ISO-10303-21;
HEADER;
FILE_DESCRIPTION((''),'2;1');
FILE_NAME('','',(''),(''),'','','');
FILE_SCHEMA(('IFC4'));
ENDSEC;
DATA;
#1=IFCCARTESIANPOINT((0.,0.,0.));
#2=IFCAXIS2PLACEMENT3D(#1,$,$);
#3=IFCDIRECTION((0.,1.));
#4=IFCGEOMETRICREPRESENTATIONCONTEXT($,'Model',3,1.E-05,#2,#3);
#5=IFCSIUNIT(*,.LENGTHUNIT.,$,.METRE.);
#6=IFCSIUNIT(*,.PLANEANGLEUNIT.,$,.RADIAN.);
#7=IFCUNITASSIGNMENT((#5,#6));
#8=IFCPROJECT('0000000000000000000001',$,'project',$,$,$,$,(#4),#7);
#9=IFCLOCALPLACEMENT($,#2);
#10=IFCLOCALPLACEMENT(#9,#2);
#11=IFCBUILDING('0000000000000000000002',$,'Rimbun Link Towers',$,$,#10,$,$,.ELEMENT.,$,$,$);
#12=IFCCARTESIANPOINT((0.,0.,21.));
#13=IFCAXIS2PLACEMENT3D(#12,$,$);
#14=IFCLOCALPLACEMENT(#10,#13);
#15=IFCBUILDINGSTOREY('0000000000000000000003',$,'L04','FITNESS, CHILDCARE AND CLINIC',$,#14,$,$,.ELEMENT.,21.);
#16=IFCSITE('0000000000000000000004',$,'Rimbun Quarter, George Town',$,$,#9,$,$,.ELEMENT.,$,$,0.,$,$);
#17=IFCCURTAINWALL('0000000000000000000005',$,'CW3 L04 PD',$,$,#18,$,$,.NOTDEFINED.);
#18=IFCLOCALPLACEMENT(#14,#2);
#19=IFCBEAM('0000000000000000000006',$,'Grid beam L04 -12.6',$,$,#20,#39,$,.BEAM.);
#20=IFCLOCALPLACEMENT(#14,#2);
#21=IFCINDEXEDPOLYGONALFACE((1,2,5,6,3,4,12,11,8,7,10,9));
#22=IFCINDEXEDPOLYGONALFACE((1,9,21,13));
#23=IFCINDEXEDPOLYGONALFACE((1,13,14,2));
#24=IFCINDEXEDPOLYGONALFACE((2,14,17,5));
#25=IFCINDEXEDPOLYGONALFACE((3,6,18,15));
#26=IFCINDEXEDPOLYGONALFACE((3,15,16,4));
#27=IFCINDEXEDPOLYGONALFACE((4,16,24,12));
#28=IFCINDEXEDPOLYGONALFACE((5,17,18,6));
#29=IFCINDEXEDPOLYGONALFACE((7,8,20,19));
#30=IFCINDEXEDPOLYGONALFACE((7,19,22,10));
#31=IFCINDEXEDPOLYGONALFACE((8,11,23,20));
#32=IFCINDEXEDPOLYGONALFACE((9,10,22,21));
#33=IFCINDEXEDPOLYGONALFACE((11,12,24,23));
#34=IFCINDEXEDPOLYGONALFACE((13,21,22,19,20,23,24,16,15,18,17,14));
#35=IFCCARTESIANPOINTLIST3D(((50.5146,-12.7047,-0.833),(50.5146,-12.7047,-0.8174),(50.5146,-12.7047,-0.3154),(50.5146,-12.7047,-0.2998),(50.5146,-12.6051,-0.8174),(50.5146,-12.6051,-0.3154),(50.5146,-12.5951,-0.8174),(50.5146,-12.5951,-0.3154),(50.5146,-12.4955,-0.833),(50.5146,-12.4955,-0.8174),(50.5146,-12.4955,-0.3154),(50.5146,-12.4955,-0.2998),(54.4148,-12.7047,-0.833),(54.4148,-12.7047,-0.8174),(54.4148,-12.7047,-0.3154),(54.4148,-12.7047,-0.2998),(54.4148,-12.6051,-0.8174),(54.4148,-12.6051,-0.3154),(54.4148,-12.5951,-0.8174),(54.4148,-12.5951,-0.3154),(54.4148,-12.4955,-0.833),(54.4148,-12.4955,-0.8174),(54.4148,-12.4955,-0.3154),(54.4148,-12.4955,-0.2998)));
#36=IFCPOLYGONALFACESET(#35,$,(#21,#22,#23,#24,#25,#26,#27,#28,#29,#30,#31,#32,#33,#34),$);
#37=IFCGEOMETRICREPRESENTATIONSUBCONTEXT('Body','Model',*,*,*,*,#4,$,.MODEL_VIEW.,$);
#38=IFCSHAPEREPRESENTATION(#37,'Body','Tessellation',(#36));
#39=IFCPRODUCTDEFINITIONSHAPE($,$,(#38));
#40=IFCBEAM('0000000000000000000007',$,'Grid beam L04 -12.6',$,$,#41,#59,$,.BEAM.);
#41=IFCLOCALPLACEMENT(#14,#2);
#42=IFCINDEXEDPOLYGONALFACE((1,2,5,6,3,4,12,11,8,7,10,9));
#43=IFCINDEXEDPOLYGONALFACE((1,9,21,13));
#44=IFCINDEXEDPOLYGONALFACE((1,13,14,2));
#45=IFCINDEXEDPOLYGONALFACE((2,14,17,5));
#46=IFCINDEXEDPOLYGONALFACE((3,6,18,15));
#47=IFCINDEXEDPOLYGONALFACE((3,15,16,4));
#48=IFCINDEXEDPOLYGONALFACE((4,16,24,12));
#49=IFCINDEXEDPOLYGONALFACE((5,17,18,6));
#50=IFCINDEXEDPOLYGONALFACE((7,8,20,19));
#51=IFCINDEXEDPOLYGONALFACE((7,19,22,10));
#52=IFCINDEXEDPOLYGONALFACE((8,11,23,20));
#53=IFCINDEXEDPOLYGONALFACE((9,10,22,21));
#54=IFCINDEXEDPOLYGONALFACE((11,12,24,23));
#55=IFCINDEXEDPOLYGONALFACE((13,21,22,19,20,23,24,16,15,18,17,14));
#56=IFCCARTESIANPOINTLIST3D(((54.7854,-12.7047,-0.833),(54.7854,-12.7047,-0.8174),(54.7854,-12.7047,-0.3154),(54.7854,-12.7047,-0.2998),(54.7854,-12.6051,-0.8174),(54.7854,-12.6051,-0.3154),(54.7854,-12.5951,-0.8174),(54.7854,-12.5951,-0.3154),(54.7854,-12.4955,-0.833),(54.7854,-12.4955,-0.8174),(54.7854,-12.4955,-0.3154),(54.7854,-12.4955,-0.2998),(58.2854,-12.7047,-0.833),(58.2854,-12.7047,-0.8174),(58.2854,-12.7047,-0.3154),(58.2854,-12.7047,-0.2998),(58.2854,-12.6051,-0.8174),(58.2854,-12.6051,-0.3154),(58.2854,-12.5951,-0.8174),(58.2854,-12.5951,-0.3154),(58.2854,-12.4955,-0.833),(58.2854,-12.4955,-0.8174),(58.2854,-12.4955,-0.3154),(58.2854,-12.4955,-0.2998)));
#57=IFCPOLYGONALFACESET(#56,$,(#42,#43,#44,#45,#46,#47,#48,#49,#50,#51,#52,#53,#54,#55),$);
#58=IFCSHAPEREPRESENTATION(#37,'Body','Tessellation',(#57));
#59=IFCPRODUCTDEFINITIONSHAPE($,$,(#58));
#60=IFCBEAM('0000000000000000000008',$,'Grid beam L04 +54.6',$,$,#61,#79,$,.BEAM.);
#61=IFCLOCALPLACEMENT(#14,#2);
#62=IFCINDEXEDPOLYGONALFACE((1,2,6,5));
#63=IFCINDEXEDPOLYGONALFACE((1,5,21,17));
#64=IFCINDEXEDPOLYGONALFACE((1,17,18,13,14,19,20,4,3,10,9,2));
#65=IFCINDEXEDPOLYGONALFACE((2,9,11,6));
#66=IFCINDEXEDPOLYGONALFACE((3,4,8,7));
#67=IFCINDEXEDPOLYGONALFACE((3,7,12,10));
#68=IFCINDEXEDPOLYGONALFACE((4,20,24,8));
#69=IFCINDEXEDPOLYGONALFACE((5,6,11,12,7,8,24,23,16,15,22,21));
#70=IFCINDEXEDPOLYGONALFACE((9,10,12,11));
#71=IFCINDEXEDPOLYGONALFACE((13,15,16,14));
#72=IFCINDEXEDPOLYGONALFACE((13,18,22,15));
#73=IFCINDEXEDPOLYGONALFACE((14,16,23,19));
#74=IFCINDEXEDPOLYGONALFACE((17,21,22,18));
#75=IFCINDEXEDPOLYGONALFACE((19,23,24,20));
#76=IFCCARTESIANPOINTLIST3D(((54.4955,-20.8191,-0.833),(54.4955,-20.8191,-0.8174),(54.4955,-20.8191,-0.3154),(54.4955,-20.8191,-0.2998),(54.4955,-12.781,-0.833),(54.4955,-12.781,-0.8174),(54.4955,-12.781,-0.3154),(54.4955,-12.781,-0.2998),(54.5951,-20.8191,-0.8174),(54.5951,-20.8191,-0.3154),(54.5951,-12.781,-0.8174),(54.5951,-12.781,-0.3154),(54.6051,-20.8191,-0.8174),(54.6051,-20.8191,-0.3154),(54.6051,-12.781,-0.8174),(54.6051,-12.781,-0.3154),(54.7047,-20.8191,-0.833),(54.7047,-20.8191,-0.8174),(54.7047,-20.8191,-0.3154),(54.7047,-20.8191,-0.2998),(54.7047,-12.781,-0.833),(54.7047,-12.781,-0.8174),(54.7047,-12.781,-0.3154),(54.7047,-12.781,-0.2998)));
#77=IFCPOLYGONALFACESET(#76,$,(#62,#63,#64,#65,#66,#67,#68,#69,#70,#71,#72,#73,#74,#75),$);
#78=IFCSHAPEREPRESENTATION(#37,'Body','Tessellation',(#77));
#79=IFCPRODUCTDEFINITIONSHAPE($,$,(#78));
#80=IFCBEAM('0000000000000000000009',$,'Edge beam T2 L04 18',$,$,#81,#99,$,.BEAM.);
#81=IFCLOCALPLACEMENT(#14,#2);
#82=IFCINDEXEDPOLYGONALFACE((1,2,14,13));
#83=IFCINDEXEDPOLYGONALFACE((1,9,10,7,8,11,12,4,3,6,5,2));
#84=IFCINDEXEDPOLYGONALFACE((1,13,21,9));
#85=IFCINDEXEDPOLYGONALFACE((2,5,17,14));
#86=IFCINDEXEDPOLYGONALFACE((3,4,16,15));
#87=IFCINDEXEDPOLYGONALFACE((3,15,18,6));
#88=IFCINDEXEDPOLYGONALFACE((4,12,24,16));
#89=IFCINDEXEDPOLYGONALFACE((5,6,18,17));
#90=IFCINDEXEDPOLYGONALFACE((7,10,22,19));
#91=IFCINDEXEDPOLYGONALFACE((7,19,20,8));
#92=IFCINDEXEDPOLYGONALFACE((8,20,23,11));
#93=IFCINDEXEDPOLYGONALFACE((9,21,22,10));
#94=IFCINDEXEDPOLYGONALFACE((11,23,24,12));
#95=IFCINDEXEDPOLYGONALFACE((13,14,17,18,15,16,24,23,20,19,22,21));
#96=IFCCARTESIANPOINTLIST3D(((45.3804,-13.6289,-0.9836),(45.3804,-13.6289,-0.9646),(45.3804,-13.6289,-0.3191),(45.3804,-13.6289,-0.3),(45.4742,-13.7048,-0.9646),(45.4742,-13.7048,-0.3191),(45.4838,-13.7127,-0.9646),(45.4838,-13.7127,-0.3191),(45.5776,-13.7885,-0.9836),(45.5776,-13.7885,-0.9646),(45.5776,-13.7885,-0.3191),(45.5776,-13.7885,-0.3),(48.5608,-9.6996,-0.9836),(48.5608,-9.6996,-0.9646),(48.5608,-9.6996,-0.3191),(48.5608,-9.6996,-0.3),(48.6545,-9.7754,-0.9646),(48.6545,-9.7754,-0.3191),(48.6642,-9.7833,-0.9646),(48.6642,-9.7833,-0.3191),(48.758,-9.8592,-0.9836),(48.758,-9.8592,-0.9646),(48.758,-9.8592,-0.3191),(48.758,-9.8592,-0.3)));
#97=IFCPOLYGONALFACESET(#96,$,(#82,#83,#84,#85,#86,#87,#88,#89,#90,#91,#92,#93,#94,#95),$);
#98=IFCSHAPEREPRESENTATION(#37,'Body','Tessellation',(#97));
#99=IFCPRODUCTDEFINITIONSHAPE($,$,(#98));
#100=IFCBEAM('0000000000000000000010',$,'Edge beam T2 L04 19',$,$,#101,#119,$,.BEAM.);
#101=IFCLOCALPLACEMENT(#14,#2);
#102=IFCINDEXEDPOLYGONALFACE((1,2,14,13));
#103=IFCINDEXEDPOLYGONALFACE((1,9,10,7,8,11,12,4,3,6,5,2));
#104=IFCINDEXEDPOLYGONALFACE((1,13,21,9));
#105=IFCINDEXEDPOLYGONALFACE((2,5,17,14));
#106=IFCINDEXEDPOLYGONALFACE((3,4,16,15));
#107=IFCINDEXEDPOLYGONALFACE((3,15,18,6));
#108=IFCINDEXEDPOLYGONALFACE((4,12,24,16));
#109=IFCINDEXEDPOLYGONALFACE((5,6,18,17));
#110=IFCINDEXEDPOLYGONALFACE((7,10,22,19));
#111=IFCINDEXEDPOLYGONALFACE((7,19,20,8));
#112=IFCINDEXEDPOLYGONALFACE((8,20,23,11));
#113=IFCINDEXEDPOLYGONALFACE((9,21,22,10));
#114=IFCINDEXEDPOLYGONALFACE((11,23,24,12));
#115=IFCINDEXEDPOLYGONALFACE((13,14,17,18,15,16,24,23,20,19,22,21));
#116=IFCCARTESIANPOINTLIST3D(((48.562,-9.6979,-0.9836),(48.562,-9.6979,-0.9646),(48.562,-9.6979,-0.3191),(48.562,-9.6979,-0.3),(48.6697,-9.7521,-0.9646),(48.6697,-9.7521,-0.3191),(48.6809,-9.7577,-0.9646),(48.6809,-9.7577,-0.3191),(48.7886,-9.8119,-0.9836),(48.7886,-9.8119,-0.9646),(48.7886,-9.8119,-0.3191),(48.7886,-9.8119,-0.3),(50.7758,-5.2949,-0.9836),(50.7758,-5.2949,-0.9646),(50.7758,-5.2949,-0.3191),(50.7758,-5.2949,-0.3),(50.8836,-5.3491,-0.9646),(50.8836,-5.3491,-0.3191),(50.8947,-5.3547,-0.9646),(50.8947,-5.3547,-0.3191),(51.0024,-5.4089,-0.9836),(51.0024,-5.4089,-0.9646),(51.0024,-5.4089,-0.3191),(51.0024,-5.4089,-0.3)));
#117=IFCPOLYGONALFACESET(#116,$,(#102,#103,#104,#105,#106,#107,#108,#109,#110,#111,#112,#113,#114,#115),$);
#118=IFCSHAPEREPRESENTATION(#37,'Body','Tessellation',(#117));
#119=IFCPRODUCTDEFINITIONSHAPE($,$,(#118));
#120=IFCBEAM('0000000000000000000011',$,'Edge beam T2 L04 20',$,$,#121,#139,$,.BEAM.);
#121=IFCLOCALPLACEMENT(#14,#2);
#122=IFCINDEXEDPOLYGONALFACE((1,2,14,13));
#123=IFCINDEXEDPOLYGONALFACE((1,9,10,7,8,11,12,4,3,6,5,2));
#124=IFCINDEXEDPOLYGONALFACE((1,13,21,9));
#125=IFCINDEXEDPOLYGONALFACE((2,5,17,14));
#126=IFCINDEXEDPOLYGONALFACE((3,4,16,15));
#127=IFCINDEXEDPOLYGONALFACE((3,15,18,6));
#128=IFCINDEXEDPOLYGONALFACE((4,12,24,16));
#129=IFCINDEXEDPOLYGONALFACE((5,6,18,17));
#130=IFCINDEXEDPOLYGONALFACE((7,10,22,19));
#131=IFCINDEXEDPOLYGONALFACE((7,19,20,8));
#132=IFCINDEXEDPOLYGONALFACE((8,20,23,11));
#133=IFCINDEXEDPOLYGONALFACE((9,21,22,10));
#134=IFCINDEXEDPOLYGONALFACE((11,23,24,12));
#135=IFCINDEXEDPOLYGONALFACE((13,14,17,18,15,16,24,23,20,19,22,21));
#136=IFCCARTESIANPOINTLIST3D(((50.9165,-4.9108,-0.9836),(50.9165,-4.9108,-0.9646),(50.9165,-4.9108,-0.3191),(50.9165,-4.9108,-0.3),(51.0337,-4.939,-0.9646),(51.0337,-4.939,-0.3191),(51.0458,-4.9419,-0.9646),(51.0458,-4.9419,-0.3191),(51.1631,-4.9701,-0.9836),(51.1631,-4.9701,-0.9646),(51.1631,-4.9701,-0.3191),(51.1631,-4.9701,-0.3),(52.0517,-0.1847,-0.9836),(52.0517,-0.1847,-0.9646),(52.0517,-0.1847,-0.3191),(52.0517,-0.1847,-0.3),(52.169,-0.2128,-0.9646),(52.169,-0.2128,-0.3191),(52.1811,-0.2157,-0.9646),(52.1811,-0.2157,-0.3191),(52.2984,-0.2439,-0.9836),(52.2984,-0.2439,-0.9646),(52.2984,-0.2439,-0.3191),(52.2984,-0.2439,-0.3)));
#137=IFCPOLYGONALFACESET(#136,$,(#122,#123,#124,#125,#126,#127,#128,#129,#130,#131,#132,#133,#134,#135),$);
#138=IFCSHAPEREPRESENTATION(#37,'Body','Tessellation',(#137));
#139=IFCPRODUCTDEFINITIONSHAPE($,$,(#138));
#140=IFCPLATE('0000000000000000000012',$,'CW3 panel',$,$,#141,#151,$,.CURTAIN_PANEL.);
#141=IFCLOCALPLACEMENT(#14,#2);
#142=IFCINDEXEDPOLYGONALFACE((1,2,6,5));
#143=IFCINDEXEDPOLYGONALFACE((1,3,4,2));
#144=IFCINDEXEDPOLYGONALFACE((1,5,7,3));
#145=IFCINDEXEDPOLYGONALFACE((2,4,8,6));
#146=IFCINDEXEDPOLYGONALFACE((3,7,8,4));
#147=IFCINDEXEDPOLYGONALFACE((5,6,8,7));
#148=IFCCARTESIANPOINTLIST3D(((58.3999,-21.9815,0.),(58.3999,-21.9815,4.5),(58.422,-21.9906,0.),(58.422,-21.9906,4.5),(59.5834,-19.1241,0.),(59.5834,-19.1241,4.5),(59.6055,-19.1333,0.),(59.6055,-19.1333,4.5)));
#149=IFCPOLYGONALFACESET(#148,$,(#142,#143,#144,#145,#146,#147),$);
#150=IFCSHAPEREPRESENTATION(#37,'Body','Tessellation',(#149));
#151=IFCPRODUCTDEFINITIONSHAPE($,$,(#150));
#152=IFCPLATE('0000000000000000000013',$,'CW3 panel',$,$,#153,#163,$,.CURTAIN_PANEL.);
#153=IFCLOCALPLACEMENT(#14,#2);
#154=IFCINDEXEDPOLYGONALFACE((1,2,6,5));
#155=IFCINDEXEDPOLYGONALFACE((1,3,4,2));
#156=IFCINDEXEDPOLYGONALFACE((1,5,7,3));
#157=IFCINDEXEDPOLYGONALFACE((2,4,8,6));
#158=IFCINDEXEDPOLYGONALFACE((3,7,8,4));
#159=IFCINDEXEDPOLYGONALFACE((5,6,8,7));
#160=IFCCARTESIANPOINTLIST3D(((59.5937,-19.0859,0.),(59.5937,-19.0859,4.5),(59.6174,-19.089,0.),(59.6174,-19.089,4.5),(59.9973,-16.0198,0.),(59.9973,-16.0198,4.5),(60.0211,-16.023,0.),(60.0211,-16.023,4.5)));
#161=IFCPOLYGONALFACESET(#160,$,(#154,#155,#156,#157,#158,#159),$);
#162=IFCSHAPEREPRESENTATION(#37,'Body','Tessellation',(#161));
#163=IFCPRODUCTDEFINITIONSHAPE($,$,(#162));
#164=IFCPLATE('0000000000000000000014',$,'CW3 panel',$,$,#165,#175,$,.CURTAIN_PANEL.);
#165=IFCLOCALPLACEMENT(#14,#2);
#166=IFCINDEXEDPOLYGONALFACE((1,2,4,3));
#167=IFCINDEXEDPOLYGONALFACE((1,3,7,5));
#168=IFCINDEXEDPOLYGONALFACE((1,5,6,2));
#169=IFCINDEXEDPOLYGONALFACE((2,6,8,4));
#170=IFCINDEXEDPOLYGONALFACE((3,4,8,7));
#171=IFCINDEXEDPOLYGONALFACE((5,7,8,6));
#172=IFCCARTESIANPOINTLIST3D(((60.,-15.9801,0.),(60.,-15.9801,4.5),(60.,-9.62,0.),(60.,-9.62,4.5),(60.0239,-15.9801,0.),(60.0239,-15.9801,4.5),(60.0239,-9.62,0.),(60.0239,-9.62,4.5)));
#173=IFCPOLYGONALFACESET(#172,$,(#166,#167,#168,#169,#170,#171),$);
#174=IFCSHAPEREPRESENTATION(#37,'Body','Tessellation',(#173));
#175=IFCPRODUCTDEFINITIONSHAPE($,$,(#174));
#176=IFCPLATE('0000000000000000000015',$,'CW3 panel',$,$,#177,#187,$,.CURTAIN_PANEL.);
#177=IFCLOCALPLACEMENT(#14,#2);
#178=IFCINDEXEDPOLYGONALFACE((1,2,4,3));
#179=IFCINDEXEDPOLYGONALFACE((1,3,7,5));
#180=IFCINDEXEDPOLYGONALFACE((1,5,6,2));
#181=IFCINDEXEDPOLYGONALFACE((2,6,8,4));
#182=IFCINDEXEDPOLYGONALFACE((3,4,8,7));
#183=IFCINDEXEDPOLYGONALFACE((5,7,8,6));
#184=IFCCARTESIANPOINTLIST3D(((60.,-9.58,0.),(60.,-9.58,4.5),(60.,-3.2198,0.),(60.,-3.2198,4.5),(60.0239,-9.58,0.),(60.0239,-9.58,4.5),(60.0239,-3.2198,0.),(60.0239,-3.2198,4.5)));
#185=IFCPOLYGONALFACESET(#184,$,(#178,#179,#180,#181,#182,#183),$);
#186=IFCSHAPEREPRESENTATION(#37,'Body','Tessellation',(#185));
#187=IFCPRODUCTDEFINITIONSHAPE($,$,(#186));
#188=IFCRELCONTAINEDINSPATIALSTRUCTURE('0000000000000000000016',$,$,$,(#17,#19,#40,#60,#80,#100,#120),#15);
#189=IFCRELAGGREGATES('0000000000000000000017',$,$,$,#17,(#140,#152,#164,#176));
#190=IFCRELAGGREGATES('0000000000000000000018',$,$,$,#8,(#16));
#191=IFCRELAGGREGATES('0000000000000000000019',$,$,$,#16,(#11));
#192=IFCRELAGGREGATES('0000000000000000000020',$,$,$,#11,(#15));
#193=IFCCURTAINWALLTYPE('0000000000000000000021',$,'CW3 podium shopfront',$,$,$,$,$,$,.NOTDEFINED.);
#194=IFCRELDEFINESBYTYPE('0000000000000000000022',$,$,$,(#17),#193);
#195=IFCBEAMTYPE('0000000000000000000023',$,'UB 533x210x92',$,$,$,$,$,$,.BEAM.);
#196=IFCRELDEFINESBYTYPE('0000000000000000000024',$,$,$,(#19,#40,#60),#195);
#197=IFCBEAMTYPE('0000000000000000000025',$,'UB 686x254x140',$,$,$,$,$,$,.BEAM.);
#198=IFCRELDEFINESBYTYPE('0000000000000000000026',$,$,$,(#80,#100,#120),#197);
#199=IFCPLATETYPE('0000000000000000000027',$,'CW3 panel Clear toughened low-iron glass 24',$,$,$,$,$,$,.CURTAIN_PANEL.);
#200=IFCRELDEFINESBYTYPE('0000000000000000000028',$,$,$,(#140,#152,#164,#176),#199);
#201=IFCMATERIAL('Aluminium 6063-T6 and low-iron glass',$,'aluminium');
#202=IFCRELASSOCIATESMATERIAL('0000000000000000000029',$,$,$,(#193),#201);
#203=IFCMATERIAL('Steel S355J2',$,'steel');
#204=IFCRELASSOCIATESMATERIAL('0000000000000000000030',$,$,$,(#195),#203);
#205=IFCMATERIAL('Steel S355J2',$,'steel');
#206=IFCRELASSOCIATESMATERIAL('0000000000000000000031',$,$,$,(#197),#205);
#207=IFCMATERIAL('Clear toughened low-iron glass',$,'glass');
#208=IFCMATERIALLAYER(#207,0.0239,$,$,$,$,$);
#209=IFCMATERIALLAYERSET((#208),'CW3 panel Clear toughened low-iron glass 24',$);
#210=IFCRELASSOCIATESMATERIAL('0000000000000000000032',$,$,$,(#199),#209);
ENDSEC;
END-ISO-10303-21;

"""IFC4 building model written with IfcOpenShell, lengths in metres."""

from ifc_helpers import new_model, si_unit, direction, frame, origin, origin_2d, place, context, subcontext, project, spatial, rectangle, i_section, extrude, material, layer, layer_set, material_profile, profile_set, type_object, element, aggregate, save


model = new_model("IFC4")

# Units and contexts
model_context = context("Model", 3, precision=1e-05, world=origin(), true_north=direction((0.0, 1.0)))
body_context = subcontext(model_context, "Body", "Model", "MODEL_VIEW")
ifc_project = project(units=[si_unit("LENGTHUNIT", "METRE"), si_unit("PLANEANGLEUNIT", "RADIAN")], contexts=[model_context])

# Site, building, storey
site_placement = place(None, origin())
site = spatial("IfcSite", under=ifc_project, at=site_placement, Name="Rimbun Quarter, George Town", CompositionType="ELEMENT", RefElevation=0.0)
building_placement = place(site_placement, origin())
building = spatial("IfcBuilding", under=site, at=building_placement, Name="Rimbun Link Towers", CompositionType="ELEMENT")
storey_placement = place(building_placement, frame((0.0, 0.0, 21.0)))
storey = spatial("IfcBuildingStorey", under=building, at=storey_placement, Name="L04", Description="FITNESS, CHILDCARE AND CLINIC", CompositionType="ELEMENT", Elevation=21.0)

# Curtain wall
ifc_material_1 = material(Name="Aluminium 6063-T6 and low-iron glass", Category="aluminium")
curtain_wall_type = type_object("IfcCurtainWallType", Name="CW3 podium shopfront", PredefinedType="NOTDEFINED", material=ifc_material_1)
curtain_wall_placement = place(storey_placement, origin())
curtain_wall = element("IfcCurtainWall", 1, at=curtain_wall_placement, inside=storey, type_object=curtain_wall_type, Name="CW3 L04 PD", PredefinedType="NOTDEFINED")

# Beams
ifc_material_2 = material(Name="Steel S355J2", Category="steel")
ifc_material_profile_1 = material_profile(ifc_material_2, i_section(OverallWidth=0.2092, OverallDepth=0.5332, WebThickness=0.01, FlangeThickness=0.0156, at=origin_2d()), Name="UB 533x210x92")
ifc_profile_set_1 = profile_set([ifc_material_profile_1], Name="Steel S355J2")
beam_type_1 = type_object("IfcBeamType", Name="UB 533x210x92", PredefinedType="BEAM", material=ifc_profile_set_1)
beam_1_placement = place(storey_placement, frame((50.5146, -12.6001, -0.5664), z_axis=(1.0, 0.0, 0.0), x_axis=(0.0, 1.0, 0.0)))
element("IfcBeam", 2, at=beam_1_placement, inside=storey, type_object=beam_type_1, Name="Grid beam L04 -12.6", PredefinedType="BEAM", context=body_context, shape_type="SweptSolid", body=[
    extrude(i_section(OverallWidth=0.2092, OverallDepth=0.5332, WebThickness=0.01, FlangeThickness=0.0156, at=origin_2d()), origin(), (0.0, 0.0, 1.0), 3.9001),
])
beam_2_placement = place(storey_placement, frame((54.7854, -12.6001, -0.5664), z_axis=(1.0, 0.0, 0.0), x_axis=(0.0, 1.0, 0.0)))
element("IfcBeam", 3, at=beam_2_placement, inside=storey, type_object=beam_type_1, Name="Grid beam L04 -12.6", PredefinedType="BEAM", context=body_context, shape_type="SweptSolid", body=[
    extrude(i_section(OverallWidth=0.2092, OverallDepth=0.5332, WebThickness=0.01, FlangeThickness=0.0156, at=origin_2d()), origin(), (0.0, 0.0, 1.0), 3.5),
])
beam_3_placement = place(storey_placement, frame((54.6001, -20.8191, -0.5664), z_axis=(0.0, 1.0, 0.0), x_axis=(-1.0, 0.0, 0.0)))
element("IfcBeam", 4, at=beam_3_placement, inside=storey, type_object=beam_type_1, Name="Grid beam L04 +54.6", PredefinedType="BEAM", context=body_context, shape_type="SweptSolid", body=[
    extrude(i_section(OverallWidth=0.2092, OverallDepth=0.5332, WebThickness=0.01, FlangeThickness=0.0156, at=origin_2d()), origin(), (0.0, 0.0, 1.0), 8.0381),
])
ifc_material_3 = material(Name="Steel S355J2", Category="steel")
ifc_material_profile_2 = material_profile(ifc_material_3, i_section(OverallWidth=0.2537, OverallDepth=0.6836, WebThickness=0.0125, FlangeThickness=0.019, at=origin_2d()), Name="UB 686x254x140")
ifc_profile_set_2 = profile_set([ifc_material_profile_2], Name="Steel S355J2")
beam_type_2 = type_object("IfcBeamType", Name="UB 686x254x140", PredefinedType="BEAM", material=ifc_profile_set_2)
beam_4_placement = place(storey_placement, frame((45.479, -13.7087, -0.6418), z_axis=(0.629132, 0.777299, 0.0), x_axis=(-0.777299, 0.629132, 0.0)))
element("IfcBeam", 5, at=beam_4_placement, inside=storey, type_object=beam_type_2, Name="Edge beam T2 L04 18", PredefinedType="BEAM", context=body_context, shape_type="SweptSolid", body=[
    extrude(i_section(OverallWidth=0.2537, OverallDepth=0.6836, WebThickness=0.0125, FlangeThickness=0.019, at=origin_2d()), origin(), (0.0, 0.0, 1.0), 5.0552),
])
beam_5_placement = place(storey_placement, frame((48.6753, -9.7549, -0.6418), z_axis=(0.449214, 0.893424, 0.0), x_axis=(-0.893424, 0.449214, 0.0)))
element("IfcBeam", 6, at=beam_5_placement, inside=storey, type_object=beam_type_2, Name="Edge beam T2 L04 19", PredefinedType="BEAM", context=body_context, shape_type="SweptSolid", body=[
    extrude(i_section(OverallWidth=0.2537, OverallDepth=0.6836, WebThickness=0.0125, FlangeThickness=0.019, at=origin_2d()), origin(), (0.0, 0.0, 1.0), 4.9282),
])
beam_6_placement = place(storey_placement, frame((51.0398, -4.9404, -0.6418), z_axis=(0.233567, 0.972341, 0.0), x_axis=(-0.972341, 0.233567, 0.0)))
element("IfcBeam", 7, at=beam_6_placement, inside=storey, type_object=beam_type_2, Name="Edge beam T2 L04 20", PredefinedType="BEAM", context=body_context, shape_type="SweptSolid", body=[
    extrude(i_section(OverallWidth=0.2537, OverallDepth=0.6836, WebThickness=0.0125, FlangeThickness=0.019, at=origin_2d()), origin(), (0.0, 0.0, 1.0), 4.8606),
])

# Plates
ifc_material_4 = material(Name="Clear toughened low-iron glass", Category="glass")
ifc_layer_1 = layer(ifc_material_4, 0.0239)
ifc_layer_set_1 = layer_set([ifc_layer_1], Name="CW3 panel Clear toughened low-iron glass 24")
plate_type = type_object("IfcPlateType", Name="CW3 panel Clear toughened low-iron glass 24", PredefinedType="CURTAIN_PANEL", material=ifc_layer_set_1)
plate_1_placement = place(storey_placement, frame((59.0027, -20.5574, 0.0), z_axis=(0.0, 0.0, 1.0), x_axis=(-0.382679, -0.923881, 0.0)))
plate_1 = element("IfcPlate", 8, at=plate_1_placement, type_object=plate_type, Name="CW3 panel", PredefinedType="CURTAIN_PANEL", context=body_context, shape_type="SweptSolid", body=[
    extrude(rectangle(XDim=3.0928, YDim=0.0239, at=origin_2d()), origin(), (0.0, 0.0, 1.0), 4.5),
])
plate_2_placement = place(storey_placement, frame((59.8074, -17.5544, 0.0), z_axis=(0.0, 0.0, 1.0), x_axis=(-0.13053, -0.991444, 0.0)))
plate_2 = element("IfcPlate", 9, at=plate_2_placement, type_object=plate_type, Name="CW3 panel", PredefinedType="CURTAIN_PANEL", context=body_context, shape_type="SweptSolid", body=[
    extrude(rectangle(XDim=3.0925, YDim=0.0239, at=origin_2d()), origin(), (0.0, 0.0, 1.0), 4.5),
])
plate_3_placement = place(storey_placement, frame((60.012, -12.8, 0.0), z_axis=(0.0, 0.0, 1.0), x_axis=(0.0, -1.0, 0.0)))
plate_3 = element("IfcPlate", 10, at=plate_3_placement, type_object=plate_type, Name="CW3 panel", PredefinedType="CURTAIN_PANEL", context=body_context, shape_type="SweptSolid", body=[
    extrude(rectangle(XDim=6.3601, YDim=0.0239, at=origin_2d()), origin(), (0.0, 0.0, 1.0), 4.5),
])
plate_4_placement = place(storey_placement, frame((60.012, -6.3999, 0.0), z_axis=(0.0, 0.0, 1.0), x_axis=(0.0, -1.0, 0.0)))
plate_4 = element("IfcPlate", 11, at=plate_4_placement, type_object=plate_type, Name="CW3 panel", PredefinedType="CURTAIN_PANEL", context=body_context, shape_type="SweptSolid", body=[
    extrude(rectangle(XDim=6.3601, YDim=0.0239, at=origin_2d()), origin(), (0.0, 0.0, 1.0), 4.5),
])
aggregate(curtain_wall, [plate_1, plate_2, plate_3, plate_4])

save(model, "model.ifc")
